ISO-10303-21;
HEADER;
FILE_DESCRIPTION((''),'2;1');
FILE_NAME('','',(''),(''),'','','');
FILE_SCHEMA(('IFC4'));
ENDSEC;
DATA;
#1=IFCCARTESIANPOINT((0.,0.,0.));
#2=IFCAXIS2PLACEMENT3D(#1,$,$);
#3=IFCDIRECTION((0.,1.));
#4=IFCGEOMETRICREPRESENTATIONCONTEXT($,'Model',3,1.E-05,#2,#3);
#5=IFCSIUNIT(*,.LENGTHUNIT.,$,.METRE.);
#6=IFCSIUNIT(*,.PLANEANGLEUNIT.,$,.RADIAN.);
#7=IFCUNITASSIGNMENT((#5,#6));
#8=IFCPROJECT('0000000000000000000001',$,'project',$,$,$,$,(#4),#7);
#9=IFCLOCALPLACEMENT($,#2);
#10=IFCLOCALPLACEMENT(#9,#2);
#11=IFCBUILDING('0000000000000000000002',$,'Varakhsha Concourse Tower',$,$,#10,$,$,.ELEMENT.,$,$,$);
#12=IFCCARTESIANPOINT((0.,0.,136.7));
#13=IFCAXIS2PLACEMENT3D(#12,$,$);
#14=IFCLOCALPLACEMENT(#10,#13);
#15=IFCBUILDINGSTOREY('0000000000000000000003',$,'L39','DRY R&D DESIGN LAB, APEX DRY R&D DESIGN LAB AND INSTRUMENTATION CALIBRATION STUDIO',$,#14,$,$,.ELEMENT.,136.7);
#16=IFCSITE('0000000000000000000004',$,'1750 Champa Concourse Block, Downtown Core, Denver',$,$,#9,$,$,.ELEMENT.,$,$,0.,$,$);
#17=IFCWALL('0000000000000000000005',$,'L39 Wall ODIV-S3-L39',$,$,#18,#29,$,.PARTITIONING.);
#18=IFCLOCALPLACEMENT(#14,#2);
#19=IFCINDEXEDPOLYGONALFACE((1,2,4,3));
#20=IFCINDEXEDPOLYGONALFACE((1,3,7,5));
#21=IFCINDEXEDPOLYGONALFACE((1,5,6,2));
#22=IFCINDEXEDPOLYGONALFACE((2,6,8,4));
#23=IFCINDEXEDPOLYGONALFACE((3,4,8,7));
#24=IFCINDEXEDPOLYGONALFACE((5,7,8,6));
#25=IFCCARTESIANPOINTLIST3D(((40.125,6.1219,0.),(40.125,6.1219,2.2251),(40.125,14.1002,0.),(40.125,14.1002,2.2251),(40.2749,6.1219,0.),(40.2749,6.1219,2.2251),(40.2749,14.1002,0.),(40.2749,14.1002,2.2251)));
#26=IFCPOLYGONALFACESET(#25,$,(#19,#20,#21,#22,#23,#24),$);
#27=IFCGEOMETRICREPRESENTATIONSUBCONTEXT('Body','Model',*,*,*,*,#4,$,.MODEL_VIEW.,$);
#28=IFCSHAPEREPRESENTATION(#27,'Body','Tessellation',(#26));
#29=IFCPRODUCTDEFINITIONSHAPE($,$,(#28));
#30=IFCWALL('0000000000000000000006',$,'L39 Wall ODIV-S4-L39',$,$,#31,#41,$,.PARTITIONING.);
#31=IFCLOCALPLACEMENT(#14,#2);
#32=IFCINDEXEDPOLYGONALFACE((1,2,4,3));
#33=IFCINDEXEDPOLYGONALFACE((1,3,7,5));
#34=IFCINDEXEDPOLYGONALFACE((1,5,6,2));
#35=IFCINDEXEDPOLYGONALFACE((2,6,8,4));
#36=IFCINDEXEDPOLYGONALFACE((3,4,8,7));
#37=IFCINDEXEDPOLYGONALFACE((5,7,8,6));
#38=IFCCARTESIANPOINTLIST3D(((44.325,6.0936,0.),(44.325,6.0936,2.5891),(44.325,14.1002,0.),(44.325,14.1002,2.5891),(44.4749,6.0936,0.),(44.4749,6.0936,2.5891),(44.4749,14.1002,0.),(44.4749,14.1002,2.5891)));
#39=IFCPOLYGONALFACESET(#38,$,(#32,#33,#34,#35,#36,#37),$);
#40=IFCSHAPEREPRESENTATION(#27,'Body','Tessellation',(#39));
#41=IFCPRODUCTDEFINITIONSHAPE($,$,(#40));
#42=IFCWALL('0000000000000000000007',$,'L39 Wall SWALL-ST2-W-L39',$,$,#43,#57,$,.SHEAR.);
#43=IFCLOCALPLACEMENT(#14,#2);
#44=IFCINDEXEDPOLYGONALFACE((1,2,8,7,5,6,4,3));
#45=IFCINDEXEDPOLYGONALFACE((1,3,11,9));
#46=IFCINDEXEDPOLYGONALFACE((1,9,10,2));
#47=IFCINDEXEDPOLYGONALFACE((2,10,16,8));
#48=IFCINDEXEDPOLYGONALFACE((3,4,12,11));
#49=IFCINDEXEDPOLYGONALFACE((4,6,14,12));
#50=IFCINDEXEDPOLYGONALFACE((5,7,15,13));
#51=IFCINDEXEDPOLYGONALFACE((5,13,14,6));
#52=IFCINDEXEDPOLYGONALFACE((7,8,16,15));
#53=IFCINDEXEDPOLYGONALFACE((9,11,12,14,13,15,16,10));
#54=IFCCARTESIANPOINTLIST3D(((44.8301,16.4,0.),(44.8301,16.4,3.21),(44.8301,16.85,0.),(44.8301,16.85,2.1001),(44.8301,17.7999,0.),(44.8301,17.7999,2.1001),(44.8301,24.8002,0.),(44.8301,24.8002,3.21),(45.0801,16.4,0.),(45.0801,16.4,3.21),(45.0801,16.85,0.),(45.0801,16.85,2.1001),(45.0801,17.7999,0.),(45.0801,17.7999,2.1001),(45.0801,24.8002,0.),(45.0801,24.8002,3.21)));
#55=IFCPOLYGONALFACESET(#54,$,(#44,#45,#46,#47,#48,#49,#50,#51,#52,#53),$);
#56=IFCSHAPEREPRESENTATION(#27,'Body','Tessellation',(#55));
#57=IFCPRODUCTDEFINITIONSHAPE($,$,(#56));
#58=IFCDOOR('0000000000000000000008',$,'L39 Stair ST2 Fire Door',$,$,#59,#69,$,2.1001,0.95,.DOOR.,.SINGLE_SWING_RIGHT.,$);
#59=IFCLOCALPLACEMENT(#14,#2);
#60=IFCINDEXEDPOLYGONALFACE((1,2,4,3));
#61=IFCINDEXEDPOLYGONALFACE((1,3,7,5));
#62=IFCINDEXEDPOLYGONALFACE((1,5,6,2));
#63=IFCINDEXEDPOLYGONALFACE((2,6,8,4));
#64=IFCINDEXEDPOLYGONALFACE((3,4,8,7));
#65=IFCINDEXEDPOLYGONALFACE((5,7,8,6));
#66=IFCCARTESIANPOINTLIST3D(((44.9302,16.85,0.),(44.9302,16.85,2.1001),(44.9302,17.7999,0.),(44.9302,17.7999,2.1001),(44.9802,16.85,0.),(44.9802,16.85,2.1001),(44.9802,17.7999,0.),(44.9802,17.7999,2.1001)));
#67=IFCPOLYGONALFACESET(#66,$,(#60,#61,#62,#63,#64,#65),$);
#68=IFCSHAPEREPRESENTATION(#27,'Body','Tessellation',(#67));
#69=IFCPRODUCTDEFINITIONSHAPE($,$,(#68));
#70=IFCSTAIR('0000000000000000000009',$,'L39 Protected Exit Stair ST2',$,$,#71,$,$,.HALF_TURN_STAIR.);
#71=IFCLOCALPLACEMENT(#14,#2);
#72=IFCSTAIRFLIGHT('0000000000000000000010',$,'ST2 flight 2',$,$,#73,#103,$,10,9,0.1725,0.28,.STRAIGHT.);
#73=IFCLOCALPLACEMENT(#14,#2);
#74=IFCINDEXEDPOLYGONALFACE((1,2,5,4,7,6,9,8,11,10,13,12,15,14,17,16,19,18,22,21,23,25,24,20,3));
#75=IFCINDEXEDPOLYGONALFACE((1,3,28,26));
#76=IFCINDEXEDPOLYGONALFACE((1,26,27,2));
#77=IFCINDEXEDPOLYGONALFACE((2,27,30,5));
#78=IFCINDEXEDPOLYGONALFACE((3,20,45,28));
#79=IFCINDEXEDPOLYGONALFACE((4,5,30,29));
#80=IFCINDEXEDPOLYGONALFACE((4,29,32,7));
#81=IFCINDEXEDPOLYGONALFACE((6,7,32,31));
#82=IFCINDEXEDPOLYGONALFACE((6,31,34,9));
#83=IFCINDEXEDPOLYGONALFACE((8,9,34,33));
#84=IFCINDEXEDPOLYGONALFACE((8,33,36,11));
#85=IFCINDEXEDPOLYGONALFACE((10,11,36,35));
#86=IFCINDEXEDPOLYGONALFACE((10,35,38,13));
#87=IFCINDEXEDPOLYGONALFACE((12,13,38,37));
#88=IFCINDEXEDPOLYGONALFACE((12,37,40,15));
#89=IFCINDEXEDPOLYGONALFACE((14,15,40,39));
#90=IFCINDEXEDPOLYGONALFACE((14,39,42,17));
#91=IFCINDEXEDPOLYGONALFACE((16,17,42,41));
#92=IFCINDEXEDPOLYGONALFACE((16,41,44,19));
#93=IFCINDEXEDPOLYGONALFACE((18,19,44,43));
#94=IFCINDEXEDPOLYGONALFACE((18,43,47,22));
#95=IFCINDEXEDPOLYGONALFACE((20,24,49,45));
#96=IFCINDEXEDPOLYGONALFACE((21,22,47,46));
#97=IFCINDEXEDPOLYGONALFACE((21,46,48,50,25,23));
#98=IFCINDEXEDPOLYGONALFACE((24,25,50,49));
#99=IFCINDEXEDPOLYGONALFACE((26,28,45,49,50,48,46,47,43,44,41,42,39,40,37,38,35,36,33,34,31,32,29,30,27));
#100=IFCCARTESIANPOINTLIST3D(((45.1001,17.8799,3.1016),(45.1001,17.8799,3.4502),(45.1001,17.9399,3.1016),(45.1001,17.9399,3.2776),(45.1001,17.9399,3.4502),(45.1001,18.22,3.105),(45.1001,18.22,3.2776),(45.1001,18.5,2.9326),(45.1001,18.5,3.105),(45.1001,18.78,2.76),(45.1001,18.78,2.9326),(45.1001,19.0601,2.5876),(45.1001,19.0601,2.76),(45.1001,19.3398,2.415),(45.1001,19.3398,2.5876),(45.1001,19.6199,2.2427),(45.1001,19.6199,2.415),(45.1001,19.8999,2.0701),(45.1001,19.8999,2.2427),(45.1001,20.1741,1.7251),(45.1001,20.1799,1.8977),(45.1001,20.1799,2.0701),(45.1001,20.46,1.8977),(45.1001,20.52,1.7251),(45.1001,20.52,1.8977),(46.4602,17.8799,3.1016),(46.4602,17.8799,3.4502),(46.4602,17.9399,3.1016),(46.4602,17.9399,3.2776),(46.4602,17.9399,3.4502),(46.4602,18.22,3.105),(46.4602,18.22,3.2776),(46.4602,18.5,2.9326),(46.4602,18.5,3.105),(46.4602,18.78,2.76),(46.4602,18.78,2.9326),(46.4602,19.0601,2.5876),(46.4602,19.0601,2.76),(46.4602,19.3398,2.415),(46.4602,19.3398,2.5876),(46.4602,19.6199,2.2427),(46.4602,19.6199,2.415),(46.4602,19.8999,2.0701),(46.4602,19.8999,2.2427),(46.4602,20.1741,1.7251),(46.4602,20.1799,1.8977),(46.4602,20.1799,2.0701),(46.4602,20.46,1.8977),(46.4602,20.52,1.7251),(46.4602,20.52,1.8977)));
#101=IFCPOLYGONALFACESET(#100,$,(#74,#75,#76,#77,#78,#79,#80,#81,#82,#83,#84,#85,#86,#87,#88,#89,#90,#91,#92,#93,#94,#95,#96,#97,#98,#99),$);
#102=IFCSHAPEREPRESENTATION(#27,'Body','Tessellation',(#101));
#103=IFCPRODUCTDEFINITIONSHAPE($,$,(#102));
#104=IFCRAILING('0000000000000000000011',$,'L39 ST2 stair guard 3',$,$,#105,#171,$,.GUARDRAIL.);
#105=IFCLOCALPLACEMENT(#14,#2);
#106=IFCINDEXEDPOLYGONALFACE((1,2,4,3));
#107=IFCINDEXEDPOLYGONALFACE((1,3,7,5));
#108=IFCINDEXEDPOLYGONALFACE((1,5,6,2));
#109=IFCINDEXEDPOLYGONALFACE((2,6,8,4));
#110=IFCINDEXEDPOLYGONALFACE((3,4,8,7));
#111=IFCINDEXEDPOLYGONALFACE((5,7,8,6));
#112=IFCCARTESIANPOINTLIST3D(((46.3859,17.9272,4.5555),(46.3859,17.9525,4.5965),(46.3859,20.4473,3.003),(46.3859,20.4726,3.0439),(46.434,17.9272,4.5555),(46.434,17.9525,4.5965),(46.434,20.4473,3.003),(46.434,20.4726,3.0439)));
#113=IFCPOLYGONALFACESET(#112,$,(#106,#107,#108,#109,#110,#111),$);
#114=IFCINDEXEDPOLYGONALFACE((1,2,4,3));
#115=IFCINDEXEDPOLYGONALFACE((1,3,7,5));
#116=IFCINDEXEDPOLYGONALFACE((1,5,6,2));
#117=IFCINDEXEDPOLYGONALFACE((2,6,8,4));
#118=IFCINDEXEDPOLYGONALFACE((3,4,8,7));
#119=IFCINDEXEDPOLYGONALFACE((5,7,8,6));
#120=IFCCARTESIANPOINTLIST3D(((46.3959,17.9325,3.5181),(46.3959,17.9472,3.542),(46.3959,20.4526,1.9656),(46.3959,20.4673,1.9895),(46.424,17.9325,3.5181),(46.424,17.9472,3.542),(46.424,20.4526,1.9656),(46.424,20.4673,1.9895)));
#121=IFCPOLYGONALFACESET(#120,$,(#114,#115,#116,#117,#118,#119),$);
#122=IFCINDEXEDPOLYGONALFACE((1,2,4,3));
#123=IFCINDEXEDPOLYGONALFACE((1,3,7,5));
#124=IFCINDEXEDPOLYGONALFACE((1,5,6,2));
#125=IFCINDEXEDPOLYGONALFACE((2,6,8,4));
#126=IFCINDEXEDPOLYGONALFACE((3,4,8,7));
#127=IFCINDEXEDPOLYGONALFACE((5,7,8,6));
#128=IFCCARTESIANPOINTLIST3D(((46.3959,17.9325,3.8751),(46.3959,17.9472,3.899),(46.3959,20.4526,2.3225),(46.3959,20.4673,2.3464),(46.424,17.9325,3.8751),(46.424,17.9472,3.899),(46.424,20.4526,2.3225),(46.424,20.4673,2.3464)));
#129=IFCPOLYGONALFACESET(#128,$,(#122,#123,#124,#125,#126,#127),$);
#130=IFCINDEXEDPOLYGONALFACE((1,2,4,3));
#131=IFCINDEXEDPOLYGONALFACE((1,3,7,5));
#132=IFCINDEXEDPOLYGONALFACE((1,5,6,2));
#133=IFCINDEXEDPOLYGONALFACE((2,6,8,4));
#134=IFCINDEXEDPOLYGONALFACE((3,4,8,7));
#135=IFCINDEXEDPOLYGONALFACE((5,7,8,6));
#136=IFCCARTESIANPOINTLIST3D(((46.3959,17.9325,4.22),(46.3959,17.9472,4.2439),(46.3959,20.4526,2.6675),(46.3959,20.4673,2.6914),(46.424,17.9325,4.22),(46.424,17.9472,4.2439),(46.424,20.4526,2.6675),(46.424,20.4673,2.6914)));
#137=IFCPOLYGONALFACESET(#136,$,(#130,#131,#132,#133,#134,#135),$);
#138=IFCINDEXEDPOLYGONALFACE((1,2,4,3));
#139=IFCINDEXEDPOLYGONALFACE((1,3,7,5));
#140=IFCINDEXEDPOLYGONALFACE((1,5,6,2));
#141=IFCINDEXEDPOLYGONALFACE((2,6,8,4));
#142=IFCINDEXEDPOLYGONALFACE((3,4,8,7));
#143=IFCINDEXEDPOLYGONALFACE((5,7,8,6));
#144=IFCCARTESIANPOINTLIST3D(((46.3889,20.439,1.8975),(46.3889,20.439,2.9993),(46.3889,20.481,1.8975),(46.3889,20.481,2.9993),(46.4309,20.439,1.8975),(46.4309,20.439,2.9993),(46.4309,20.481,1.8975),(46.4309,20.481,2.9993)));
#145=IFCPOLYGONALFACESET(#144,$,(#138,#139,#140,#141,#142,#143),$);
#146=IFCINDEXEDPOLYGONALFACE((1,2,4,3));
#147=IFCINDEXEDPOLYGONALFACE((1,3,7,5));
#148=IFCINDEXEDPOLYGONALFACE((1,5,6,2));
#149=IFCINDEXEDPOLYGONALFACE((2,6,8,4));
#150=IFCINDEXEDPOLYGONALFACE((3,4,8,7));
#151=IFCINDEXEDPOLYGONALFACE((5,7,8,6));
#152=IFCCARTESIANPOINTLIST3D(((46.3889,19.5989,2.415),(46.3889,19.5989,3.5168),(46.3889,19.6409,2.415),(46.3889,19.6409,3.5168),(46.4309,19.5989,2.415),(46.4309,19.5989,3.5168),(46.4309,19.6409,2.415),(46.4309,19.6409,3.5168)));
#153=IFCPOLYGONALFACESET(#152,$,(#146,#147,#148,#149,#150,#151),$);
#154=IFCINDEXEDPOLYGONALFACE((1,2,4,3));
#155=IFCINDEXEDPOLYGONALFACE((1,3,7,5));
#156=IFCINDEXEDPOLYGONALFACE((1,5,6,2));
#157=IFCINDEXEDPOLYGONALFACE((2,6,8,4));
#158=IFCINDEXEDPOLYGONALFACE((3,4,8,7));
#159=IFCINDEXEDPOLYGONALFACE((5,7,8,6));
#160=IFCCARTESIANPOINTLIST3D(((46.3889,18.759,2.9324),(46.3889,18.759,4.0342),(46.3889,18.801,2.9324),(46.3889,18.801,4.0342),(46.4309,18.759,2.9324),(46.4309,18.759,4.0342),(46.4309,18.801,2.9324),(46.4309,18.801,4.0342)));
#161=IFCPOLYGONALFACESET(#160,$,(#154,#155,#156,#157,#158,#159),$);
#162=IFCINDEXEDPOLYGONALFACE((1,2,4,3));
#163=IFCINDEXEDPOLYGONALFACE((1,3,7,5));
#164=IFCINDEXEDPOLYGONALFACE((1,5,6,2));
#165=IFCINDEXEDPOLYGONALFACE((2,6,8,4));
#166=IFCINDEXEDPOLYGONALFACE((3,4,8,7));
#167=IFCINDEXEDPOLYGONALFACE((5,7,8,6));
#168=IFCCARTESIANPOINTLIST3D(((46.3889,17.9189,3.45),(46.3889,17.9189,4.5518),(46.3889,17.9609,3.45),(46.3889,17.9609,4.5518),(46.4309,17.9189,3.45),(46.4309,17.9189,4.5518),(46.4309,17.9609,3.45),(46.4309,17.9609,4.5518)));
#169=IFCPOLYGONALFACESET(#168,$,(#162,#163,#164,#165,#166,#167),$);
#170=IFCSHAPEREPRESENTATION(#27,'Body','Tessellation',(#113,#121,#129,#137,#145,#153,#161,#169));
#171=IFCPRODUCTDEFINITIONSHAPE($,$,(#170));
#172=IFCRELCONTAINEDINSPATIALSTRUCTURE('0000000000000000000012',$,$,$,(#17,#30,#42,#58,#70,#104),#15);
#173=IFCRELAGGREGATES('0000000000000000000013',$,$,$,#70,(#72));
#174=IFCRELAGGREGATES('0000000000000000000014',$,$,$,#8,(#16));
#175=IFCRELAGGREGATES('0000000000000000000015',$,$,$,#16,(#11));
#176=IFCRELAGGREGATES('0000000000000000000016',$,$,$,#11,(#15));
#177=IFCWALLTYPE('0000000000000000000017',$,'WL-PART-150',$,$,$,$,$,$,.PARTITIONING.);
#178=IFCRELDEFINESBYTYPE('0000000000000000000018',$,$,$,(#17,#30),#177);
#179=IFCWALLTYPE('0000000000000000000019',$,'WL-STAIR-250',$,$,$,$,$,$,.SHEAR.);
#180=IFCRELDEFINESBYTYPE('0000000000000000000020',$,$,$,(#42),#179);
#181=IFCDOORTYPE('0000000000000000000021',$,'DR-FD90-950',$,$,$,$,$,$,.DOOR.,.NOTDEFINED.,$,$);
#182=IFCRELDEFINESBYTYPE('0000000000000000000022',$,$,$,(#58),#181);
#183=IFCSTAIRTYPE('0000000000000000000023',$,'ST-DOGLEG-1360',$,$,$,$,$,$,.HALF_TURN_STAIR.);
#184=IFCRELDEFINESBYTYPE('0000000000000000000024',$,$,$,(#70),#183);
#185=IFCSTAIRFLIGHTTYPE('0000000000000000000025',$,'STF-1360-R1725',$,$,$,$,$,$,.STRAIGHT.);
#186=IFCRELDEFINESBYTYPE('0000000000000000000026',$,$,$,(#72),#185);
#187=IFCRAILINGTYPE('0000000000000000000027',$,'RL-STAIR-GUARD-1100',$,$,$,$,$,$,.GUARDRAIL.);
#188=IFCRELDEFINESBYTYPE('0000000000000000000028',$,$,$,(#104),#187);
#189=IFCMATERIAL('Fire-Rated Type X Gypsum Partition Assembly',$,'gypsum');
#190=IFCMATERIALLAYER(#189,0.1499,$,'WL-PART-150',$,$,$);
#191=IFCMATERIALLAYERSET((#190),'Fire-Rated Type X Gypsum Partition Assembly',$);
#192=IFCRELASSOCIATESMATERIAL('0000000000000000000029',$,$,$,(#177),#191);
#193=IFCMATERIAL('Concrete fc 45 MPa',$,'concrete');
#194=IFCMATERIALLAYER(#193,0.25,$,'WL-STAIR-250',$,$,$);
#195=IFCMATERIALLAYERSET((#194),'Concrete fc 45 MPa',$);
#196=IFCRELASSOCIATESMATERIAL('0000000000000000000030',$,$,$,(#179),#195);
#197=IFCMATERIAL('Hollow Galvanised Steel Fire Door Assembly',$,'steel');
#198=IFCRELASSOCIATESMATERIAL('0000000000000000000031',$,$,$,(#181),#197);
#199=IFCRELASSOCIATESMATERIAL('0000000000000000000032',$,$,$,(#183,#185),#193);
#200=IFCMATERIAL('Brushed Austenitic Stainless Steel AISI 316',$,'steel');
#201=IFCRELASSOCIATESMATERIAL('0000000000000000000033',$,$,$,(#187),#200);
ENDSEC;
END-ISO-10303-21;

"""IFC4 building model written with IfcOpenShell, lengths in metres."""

from ifc_helpers import new_model, si_unit, direction, frame, frame_2d, origin, origin_2d, place, context, subcontext, project, spatial, polyline, rectangle, outline, extrude, material, layer, layer_set, type_object, element, fill, aggregate, save


model = new_model("IFC4")

# Units and contexts
model_context = context("Model", 3, precision=1e-05, world=origin(), true_north=direction((0.0, 1.0)))
body_context = subcontext(model_context, "Body", "Model", "MODEL_VIEW")
ifc_project = project(units=[si_unit("LENGTHUNIT", "METRE"), si_unit("PLANEANGLEUNIT", "RADIAN")], contexts=[model_context])

# Site, building, storey
site_placement = place(None, origin())
site = spatial("IfcSite", under=ifc_project, at=site_placement, Name="1750 Champa Concourse Block, Downtown Core, Denver", CompositionType="ELEMENT", RefElevation=0.0)
building_placement = place(site_placement, origin())
building = spatial("IfcBuilding", under=site, at=building_placement, Name="Varakhsha Concourse Tower", CompositionType="ELEMENT")
storey_placement = place(building_placement, frame((0.0, 0.0, 136.7)))
storey = spatial("IfcBuildingStorey", under=building, at=storey_placement, Name="L39", Description="DRY R&D DESIGN LAB, APEX DRY R&D DESIGN LAB AND INSTRUMENTATION CALIBRATION STUDIO", CompositionType="ELEMENT", Elevation=136.7)

# Shared definitions
ifc_material_1 = material(Name="Fire-Rated Type X Gypsum Partition Assembly", Category="gypsum")
ifc_material_2 = material(Name="Hollow Galvanised Steel Fire Door Assembly", Category="steel")

# Walls
ifc_layer_1 = layer(ifc_material_1, 0.1499, Name="WL-PART-150")
ifc_layer_set_1 = layer_set([ifc_layer_1], Name="Fire-Rated Type X Gypsum Partition Assembly")
wall_type_1 = type_object("IfcWallType", Name="WL-PART-150", PredefinedType="PARTITIONING", material=ifc_layer_set_1)
wall_1_placement = place(storey_placement, frame((40.2, 6.1218, 0.0), z_axis=(0.0, 0.0, 1.0), x_axis=(0.0, 1.0, 0.0)))
element("IfcWall", 1, at=wall_1_placement, inside=storey, type_object=wall_type_1, Name="L39 Wall ODIV-S3-L39", PredefinedType="PARTITIONING", context=body_context, shape_type="SweptSolid", body=[
    extrude(rectangle(XDim=7.9783, YDim=0.1499, at=frame_2d((3.9893, 0.0))), origin(), (0.0, 0.0, 1.0), 2.2251),
])
wall_2_placement = place(storey_placement, frame((44.3999, 6.0935, 0.0), z_axis=(0.0, 0.0, 1.0), x_axis=(0.0, 1.0, 0.0)))
element("IfcWall", 2, at=wall_2_placement, inside=storey, type_object=wall_type_1, Name="L39 Wall ODIV-S4-L39", PredefinedType="PARTITIONING", context=body_context, shape_type="SweptSolid", body=[
    extrude(rectangle(XDim=8.0066, YDim=0.1499, at=frame_2d((4.0034, 0.0))), origin(), (0.0, 0.0, 1.0), 2.5891),
])

# Wall, opening, door
ifc_material_3 = material(Name="Concrete fc 45 MPa", Category="concrete")
ifc_layer_2 = layer(ifc_material_3, 0.25, Name="WL-STAIR-250")
ifc_layer_set_2 = layer_set([ifc_layer_2], Name="Concrete fc 45 MPa")
wall_type_2 = type_object("IfcWallType", Name="WL-STAIR-250", PredefinedType="SHEAR", material=ifc_layer_set_2)
wall_3_placement = place(storey_placement, frame((44.9551, 16.3999, 0.0), z_axis=(0.0, 0.0, 1.0), x_axis=(0.0, 1.0, 0.0)))
wall_3 = element("IfcWall", 3, at=wall_3_placement, inside=storey, type_object=wall_type_2, Name="L39 Wall SWALL-ST2-W-L39", PredefinedType="SHEAR", context=body_context, shape_type="SweptSolid", body=[
    extrude(rectangle(XDim=8.4001, YDim=0.25, at=frame_2d((4.2002, 0.0))), origin(), (0.0, 0.0, 1.0), 3.21),
])
opening_1_placement = place(wall_3_placement, frame((0.45, 0.0, 0.0)))
opening_1 = element("IfcOpeningElement", 4, at=opening_1_placement, cuts=wall_3, PredefinedType="OPENING", context=body_context, shape_type="SweptSolid", body=[
    extrude(rectangle(XDim=0.95, YDim=2.1001, at=frame_2d((0.4751, 1.05))), frame((0.0, 0.135, 0.0), z_axis=(0.0, -1.0, 0.0), x_axis=(1.0, 0.0, 0.0)), (0.0, 0.0, 1.0), 0.27),
])
door_type_1 = type_object("IfcDoorType", Name="DR-FD90-950", OperationType="NOTDEFINED", PredefinedType="DOOR", material=ifc_material_2)
door_1_placement = place(opening_1_placement, origin())
door_1 = element("IfcDoor", 5, at=door_1_placement, inside=storey, type_object=door_type_1, Name="L39 Stair ST2 Fire Door", OperationType="SINGLE_SWING_RIGHT", OverallHeight=2.1001, OverallWidth=0.95, PredefinedType="DOOR", context=body_context, shape_type="SweptSolid", body=[
    extrude(rectangle(XDim=0.95, YDim=2.1001, at=frame_2d((0.4751, 1.05))), frame((0.0, 0.0249, 0.0), z_axis=(0.0, -1.0, 0.0), x_axis=(1.0, 0.0, 0.0)), (0.0, 0.0, 1.0), 0.05),
])
fill(opening_1, door_1)

# Stair, stair flight
stair_type = type_object("IfcStairType", Name="ST-DOGLEG-1360", PredefinedType="HALF_TURN_STAIR", material=ifc_material_3)
stair_placement = place(storey_placement, origin())
stair = element("IfcStair", 6, at=stair_placement, inside=storey, type_object=stair_type, Name="L39 Protected Exit Stair ST2", PredefinedType="HALF_TURN_STAIR")
stair_flight_type = type_object("IfcStairFlightType", Name="STF-1360-R1725", PredefinedType="STRAIGHT", material=ifc_material_3)
stair_flight_placement = place(storey_placement, frame((45.78, 20.46, 1.7251), z_axis=(0.0, 0.0, 1.0), x_axis=(0.0, -1.0, 0.0)))
stair_flight = element("IfcStairFlight", 7, at=stair_flight_placement, type_object=stair_flight_type, Name="ST2 flight 2", NumberOfRisers=10, NumberOfTreads=9, PredefinedType="STRAIGHT", RiserHeight=0.1725, TreadLength=0.28, context=body_context, shape_type="SweptSolid", body=[
    extrude(outline(polyline([(-0.0601, 0.0), (-0.0601, 0.1726), (0.0, 0.1726), (0.28, 0.1726), (0.28, 0.345), (0.5601, 0.345), (0.5601, 0.5176), (0.8401, 0.5176), (0.8401, 0.6899), (1.1201, 0.6899), (1.1201, 0.8625), (1.3999, 0.8625), (1.3999, 1.0349), (1.6799, 1.0349), (1.6799, 1.2075), (1.96, 1.2075), (1.96, 1.3799), (2.24, 1.3799), (2.24, 1.5525), (2.52, 1.5525), (2.52, 1.7251), (2.5801, 1.7251), (2.5801, 1.3765), (2.52, 1.3765), (0.2859, 0.0), (-0.0601, 0.0)])), frame((0.0, 0.6802, 0.0), z_axis=(0.0, -1.0, 0.0), x_axis=(1.0, 0.0, 0.0)), (0.0, 0.0, 1.0), 1.3601),
])
aggregate(stair, [stair_flight])

# Railing
ifc_material_4 = material(Name="Brushed Austenitic Stainless Steel AISI 316", Category="steel")
railing_type_1 = type_object("IfcRailingType", Name="RL-STAIR-GUARD-1100", PredefinedType="GUARDRAIL", material=ifc_material_4)
railing_1_placement = place(storey_placement, frame((46.4099, 20.46, 1.8975)))
element("IfcRailing", 8, at=railing_1_placement, inside=storey, type_object=railing_type_1, Name="L39 ST2 stair guard 3", PredefinedType="GUARDRAIL", context=body_context, shape_type="SweptSolid", body=[
    extrude(rectangle(XDim=0.0481, YDim=0.0481, at=origin_2d()), frame((0.0, 0.0, 1.126), z_axis=(0.0, -0.8514, 0.524516), x_axis=(1.0, 0.0, 0.0)), (0.0, 0.0, 1.0), 2.96),
    extrude(rectangle(XDim=0.0281, YDim=0.0281, at=origin_2d()), frame((0.0, 0.0, 0.0801), z_axis=(0.0, -0.8514, 0.524516), x_axis=(1.0, 0.0, 0.0)), (0.0, 0.0, 1.0), 2.96),
    extrude(rectangle(XDim=0.0281, YDim=0.0281, at=origin_2d()), frame((0.0, 0.0, 0.437), z_axis=(0.0, -0.8514, 0.524516), x_axis=(1.0, 0.0, 0.0)), (0.0, 0.0, 1.0), 2.96),
    extrude(rectangle(XDim=0.0281, YDim=0.0281, at=origin_2d()), frame((0.0, 0.0, 0.782), z_axis=(0.0, -0.8514, 0.524516), x_axis=(1.0, 0.0, 0.0)), (0.0, 0.0, 1.0), 2.96),
    extrude(rectangle(XDim=0.042, YDim=0.042, at=origin_2d()), origin(), (0.0, 0.0, 1.0), 1.1018),
    extrude(rectangle(XDim=0.042, YDim=0.042, at=origin_2d()), frame((0.0, -0.8401, 0.5176)), (0.0, 0.0, 1.0), 1.1018),
    extrude(rectangle(XDim=0.042, YDim=0.042, at=origin_2d()), frame((0.0, -1.6799, 1.0349)), (0.0, 0.0, 1.0), 1.1018),
    extrude(rectangle(XDim=0.042, YDim=0.042, at=origin_2d()), frame((0.0, -2.52, 1.5525)), (0.0, 0.0, 1.0), 1.1018),
])

save(model, "model.ifc")
